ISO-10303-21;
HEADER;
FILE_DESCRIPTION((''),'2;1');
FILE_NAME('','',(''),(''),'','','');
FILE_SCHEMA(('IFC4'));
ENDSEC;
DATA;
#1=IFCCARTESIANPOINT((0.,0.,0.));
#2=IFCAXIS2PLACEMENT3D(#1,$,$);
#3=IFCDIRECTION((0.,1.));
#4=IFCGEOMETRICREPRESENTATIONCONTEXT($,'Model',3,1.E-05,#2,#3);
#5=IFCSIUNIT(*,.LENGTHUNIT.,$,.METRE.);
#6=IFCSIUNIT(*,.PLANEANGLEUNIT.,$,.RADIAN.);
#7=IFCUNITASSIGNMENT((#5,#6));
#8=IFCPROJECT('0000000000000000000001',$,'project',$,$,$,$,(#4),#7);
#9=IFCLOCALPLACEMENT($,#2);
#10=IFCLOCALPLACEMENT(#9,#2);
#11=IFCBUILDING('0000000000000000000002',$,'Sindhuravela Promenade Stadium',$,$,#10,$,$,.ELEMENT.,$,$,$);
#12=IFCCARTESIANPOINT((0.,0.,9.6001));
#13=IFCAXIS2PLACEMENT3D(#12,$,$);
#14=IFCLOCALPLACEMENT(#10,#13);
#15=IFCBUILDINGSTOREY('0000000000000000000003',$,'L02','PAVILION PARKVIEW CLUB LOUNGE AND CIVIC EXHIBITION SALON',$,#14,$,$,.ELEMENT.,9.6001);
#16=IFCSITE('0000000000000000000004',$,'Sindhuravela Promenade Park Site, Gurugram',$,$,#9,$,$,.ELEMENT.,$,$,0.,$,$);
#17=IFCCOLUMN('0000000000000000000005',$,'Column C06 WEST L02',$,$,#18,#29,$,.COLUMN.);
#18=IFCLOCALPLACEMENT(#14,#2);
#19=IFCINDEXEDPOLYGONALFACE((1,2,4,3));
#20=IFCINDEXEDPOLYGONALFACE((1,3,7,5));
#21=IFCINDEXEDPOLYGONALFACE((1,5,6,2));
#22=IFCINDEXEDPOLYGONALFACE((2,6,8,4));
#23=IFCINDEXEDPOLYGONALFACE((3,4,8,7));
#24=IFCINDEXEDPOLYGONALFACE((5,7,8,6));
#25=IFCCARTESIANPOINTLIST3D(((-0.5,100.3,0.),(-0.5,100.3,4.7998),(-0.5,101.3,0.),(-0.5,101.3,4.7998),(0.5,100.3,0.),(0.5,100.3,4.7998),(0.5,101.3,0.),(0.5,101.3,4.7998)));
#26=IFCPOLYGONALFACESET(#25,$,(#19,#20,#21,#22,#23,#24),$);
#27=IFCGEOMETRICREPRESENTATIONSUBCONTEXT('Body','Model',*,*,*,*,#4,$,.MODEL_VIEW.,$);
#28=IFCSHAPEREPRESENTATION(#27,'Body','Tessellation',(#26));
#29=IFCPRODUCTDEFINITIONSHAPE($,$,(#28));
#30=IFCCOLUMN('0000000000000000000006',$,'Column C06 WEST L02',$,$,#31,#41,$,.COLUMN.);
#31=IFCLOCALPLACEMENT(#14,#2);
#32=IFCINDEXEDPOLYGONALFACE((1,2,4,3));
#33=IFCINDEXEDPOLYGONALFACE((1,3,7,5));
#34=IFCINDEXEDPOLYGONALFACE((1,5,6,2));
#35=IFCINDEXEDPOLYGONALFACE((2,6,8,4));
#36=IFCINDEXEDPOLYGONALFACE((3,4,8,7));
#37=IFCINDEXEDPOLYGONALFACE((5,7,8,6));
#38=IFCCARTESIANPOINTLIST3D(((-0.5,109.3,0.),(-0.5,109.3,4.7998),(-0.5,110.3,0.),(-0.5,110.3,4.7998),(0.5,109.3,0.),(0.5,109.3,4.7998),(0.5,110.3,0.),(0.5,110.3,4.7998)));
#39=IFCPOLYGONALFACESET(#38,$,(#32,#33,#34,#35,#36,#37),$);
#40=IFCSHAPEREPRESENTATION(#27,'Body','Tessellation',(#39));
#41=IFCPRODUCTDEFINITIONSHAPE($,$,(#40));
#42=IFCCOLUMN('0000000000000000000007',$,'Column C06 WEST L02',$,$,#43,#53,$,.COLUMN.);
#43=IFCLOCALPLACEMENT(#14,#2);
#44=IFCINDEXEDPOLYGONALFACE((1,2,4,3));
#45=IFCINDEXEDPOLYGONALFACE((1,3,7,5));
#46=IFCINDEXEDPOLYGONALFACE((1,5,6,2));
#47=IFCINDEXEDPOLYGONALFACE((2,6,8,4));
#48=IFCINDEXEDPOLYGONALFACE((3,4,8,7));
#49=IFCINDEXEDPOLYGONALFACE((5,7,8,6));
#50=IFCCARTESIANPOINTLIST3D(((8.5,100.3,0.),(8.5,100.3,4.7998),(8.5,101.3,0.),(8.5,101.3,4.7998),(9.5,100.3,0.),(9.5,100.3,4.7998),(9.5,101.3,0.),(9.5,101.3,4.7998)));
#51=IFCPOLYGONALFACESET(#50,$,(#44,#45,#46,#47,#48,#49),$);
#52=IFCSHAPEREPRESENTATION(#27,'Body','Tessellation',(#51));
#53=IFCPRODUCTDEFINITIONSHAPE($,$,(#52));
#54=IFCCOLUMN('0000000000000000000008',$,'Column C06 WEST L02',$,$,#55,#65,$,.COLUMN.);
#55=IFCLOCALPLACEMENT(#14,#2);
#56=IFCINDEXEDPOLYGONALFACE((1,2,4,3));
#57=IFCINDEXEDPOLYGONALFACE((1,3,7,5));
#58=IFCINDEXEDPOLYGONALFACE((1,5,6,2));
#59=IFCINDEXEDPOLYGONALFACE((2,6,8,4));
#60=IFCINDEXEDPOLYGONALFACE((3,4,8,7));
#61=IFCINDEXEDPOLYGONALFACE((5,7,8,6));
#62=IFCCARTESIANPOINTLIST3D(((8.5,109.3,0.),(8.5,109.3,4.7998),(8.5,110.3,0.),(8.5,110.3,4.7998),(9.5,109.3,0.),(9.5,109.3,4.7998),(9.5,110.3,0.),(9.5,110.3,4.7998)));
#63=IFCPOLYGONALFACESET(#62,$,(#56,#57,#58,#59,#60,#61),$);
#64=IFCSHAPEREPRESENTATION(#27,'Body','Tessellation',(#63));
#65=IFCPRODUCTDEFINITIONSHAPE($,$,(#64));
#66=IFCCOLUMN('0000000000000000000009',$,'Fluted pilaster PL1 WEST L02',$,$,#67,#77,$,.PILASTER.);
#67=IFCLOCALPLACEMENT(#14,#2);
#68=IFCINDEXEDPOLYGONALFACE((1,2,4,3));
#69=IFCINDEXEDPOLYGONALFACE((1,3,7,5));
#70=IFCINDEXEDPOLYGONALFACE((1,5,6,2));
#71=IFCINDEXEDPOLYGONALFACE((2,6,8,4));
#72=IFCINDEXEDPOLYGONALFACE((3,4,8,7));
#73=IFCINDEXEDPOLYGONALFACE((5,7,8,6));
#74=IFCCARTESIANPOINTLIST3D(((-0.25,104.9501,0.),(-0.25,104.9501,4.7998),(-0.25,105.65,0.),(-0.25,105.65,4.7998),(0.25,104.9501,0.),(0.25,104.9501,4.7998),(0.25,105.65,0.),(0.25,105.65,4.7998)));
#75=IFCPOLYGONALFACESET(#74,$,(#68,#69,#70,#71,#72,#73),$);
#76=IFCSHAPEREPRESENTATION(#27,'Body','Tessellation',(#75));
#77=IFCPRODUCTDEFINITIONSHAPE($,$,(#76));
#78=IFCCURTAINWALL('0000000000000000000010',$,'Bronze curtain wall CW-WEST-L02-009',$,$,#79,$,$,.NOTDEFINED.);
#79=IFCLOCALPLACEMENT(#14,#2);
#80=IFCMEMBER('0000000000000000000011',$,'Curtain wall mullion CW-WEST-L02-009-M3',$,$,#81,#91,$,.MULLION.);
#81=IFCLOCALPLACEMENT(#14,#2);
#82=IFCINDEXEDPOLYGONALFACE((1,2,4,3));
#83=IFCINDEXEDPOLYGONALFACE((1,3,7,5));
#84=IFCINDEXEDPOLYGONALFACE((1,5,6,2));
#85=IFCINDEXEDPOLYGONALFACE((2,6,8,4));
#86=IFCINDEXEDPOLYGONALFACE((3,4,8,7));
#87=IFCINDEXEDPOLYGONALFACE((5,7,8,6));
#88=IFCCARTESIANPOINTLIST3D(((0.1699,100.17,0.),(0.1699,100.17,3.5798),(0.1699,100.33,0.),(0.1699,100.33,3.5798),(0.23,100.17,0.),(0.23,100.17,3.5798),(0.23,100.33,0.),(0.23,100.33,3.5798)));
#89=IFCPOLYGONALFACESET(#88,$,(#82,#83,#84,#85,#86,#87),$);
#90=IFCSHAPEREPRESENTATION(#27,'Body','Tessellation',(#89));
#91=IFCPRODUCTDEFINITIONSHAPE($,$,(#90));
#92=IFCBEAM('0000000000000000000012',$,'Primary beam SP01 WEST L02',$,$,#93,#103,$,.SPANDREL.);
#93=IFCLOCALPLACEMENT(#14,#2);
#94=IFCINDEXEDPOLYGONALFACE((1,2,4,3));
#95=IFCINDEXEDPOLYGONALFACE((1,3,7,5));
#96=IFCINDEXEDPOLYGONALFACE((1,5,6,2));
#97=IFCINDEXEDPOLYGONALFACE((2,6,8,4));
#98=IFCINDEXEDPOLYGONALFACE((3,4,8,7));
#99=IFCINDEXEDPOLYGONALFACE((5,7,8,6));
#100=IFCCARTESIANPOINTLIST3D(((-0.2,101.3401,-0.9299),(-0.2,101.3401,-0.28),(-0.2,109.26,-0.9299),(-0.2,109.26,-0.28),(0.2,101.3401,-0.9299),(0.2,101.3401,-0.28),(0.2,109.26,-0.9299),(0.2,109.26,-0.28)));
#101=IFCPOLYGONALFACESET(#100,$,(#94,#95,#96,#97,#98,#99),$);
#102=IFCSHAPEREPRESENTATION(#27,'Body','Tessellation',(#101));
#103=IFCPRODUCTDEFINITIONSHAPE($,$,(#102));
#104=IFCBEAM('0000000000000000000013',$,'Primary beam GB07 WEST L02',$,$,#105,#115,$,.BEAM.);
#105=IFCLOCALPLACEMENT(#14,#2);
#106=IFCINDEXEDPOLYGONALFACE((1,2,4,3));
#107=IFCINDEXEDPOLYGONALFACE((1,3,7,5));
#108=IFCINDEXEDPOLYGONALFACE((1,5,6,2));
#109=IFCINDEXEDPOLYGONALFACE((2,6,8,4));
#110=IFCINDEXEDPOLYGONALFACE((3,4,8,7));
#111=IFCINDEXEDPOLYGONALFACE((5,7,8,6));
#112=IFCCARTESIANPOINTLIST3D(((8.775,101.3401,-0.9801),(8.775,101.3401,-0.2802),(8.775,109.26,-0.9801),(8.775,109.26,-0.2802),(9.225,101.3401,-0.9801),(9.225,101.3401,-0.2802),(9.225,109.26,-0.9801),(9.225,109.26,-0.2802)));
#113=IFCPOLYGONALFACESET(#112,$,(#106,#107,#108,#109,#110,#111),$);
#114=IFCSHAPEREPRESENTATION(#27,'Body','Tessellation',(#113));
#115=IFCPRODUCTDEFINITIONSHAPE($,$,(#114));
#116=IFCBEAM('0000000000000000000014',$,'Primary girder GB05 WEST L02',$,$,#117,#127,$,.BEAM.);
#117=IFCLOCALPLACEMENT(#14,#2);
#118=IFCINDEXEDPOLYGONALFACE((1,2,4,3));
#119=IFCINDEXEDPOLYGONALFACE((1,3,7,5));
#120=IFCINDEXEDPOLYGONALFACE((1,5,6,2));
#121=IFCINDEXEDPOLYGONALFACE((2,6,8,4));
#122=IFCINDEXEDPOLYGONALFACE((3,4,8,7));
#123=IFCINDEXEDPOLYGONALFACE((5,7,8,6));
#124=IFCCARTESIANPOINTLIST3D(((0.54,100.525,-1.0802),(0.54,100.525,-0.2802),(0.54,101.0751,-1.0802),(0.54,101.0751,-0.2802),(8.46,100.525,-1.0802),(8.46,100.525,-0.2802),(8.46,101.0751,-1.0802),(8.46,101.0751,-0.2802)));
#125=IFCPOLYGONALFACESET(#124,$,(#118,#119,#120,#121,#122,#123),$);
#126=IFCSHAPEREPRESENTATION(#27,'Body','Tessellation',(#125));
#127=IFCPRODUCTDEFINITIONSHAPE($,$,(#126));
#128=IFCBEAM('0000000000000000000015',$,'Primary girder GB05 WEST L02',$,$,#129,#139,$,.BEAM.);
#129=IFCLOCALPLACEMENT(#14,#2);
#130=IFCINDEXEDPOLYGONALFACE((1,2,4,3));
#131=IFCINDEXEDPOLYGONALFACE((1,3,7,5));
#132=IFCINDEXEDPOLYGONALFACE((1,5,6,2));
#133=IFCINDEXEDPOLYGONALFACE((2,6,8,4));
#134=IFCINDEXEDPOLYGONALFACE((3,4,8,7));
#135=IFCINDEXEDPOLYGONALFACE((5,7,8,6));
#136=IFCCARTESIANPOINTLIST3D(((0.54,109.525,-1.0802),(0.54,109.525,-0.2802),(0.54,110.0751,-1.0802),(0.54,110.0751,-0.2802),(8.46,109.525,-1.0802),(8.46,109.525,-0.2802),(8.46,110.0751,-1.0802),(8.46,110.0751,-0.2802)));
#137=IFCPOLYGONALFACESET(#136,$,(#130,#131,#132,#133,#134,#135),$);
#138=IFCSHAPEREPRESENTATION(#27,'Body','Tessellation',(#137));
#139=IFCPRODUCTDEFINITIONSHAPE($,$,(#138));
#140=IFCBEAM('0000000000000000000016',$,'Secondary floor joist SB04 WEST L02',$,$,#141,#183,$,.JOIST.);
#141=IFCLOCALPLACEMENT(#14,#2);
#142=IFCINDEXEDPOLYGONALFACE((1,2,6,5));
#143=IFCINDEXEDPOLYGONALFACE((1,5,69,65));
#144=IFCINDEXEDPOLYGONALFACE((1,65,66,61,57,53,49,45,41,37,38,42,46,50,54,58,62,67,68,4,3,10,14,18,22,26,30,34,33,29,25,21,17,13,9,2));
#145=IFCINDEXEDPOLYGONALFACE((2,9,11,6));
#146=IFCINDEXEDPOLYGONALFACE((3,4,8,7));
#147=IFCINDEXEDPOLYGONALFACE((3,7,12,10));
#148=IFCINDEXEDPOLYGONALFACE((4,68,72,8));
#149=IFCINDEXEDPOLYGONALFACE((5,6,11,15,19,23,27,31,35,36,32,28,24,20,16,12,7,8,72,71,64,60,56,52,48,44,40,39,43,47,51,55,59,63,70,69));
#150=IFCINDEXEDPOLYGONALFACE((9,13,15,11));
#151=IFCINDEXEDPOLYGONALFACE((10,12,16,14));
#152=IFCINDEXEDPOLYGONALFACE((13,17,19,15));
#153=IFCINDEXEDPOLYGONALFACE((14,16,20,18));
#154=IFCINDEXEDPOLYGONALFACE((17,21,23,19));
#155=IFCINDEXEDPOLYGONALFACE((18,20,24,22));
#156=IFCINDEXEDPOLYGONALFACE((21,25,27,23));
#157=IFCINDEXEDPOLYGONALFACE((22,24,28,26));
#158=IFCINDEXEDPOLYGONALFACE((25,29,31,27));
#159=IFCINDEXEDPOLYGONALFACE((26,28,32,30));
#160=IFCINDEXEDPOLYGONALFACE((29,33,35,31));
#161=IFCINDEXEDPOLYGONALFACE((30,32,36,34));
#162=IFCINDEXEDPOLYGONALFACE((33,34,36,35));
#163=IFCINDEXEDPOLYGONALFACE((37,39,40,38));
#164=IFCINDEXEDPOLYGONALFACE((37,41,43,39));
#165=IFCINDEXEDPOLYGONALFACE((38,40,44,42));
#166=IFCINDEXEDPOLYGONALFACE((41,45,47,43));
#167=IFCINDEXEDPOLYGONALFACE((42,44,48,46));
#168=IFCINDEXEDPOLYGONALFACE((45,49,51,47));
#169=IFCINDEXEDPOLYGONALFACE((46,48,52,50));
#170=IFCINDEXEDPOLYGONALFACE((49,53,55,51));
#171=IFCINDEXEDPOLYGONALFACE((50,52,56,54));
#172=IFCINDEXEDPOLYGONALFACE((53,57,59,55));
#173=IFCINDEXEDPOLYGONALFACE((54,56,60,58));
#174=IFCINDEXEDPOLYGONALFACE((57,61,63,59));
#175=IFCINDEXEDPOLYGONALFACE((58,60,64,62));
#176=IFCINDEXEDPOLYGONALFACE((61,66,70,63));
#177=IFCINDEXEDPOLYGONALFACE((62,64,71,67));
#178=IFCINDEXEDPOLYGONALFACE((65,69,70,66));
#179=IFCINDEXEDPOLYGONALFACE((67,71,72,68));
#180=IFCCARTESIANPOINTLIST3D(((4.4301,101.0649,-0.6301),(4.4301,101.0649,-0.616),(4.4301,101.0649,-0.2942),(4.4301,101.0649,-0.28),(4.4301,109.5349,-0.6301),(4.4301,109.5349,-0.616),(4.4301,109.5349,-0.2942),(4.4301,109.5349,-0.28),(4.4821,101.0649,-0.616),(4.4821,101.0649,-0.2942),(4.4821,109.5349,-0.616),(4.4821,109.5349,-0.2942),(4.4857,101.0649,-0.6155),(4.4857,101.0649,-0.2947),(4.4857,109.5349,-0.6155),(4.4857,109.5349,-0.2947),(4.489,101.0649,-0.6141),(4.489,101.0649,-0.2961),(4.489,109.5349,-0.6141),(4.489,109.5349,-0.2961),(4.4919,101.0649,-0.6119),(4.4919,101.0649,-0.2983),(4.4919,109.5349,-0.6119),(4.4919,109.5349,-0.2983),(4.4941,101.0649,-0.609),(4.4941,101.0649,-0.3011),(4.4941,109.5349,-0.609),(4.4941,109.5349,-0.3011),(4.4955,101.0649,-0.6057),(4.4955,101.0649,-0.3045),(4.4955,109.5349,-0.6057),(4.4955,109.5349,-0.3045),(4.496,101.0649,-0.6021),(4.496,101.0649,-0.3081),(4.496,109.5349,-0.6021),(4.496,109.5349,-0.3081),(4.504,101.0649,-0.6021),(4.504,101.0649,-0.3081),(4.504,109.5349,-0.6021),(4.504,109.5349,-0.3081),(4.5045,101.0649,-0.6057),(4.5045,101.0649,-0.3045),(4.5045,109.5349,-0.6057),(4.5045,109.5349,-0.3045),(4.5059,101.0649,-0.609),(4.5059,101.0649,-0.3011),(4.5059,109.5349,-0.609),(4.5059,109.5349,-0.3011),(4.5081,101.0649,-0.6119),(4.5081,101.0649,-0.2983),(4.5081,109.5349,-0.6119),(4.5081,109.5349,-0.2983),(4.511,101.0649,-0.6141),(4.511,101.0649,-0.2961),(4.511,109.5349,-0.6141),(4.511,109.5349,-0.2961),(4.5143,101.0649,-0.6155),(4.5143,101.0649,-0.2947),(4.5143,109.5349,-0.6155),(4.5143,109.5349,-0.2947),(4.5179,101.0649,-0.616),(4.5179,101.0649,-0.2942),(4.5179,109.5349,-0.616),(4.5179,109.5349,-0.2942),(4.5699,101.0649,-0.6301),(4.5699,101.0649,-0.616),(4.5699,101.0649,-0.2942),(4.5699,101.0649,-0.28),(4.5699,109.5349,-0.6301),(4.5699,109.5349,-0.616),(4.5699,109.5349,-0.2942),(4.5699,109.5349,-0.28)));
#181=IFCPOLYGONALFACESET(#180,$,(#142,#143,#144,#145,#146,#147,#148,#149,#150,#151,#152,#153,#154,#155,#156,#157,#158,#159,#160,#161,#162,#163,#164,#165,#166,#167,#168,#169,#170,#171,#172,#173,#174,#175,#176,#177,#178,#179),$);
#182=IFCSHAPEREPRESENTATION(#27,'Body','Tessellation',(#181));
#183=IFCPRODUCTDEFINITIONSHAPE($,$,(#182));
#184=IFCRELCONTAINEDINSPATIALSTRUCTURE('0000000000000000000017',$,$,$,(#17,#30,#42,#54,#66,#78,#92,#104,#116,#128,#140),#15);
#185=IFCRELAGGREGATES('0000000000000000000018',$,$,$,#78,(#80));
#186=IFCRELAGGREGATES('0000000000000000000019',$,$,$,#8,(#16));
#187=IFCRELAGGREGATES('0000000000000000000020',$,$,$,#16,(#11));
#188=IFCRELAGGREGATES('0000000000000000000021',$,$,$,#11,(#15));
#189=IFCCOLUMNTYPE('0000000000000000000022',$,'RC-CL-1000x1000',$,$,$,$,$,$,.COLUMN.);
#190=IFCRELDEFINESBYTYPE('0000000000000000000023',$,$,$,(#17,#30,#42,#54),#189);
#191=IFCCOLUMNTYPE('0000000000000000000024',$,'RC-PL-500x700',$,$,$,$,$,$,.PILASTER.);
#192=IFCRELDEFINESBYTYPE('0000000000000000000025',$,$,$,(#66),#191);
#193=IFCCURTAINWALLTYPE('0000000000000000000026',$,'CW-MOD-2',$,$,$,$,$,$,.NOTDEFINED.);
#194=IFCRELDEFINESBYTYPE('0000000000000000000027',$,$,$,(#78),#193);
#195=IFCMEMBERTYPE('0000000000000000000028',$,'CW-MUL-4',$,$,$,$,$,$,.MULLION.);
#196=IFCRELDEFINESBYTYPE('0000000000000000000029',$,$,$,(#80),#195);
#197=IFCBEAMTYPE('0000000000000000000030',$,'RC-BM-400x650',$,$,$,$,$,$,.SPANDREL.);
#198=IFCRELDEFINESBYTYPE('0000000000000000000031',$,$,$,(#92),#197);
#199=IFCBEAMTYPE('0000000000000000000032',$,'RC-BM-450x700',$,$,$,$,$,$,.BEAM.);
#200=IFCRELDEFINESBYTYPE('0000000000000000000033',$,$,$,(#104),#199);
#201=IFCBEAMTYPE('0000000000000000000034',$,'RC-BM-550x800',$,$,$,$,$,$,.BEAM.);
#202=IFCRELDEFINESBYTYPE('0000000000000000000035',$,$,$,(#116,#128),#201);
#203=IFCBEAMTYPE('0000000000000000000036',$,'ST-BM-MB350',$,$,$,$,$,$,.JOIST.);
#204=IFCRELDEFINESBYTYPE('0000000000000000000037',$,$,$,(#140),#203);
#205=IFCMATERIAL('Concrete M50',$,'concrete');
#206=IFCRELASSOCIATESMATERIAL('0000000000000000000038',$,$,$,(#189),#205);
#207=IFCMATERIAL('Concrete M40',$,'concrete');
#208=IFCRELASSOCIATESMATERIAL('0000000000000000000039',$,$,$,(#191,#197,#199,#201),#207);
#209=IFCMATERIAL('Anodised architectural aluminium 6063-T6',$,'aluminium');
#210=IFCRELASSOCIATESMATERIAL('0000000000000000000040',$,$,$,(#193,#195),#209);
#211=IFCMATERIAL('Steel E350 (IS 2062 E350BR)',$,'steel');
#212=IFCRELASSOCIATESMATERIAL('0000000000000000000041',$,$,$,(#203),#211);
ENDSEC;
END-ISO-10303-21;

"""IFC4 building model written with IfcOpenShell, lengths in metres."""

from ifc_helpers import new_model, si_unit, direction, frame, origin, origin_2d, place, context, subcontext, project, spatial, rectangle, i_section, extrude, material, material_profile, profile_set, type_object, element, aggregate, save


model = new_model("IFC4")

# Units and contexts
model_context = context("Model", 3, precision=1e-05, world=origin(), true_north=direction((0.0, 1.0)))
body_context = subcontext(model_context, "Body", "Model", "MODEL_VIEW")
ifc_project = project(units=[si_unit("LENGTHUNIT", "METRE"), si_unit("PLANEANGLEUNIT", "RADIAN")], contexts=[model_context])

# Site, building, storey
site_placement = place(None, origin())
site = spatial("IfcSite", under=ifc_project, at=site_placement, Name="Sindhuravela Promenade Park Site, Gurugram", CompositionType="ELEMENT", RefElevation=0.0)
building_placement = place(site_placement, origin())
building = spatial("IfcBuilding", under=site, at=building_placement, Name="Sindhuravela Promenade Stadium", CompositionType="ELEMENT")
storey_placement = place(building_placement, frame((0.0, 0.0, 9.6001)))
storey = spatial("IfcBuildingStorey", under=building, at=storey_placement, Name="L02", Description="PAVILION PARKVIEW CLUB LOUNGE AND CIVIC EXHIBITION SALON", CompositionType="ELEMENT", Elevation=9.6001)

# Columns
ifc_material_1 = material(Name="Concrete M50", Category="concrete")
ifc_material_profile_1 = material_profile(ifc_material_1, rectangle(XDim=1.0, YDim=1.0, at=origin_2d()), Name="RC 1000x1000")
ifc_profile_set_1 = profile_set([ifc_material_profile_1], Name="Concrete M50")
column_type_1 = type_object("IfcColumnType", Name="RC-CL-1000x1000", PredefinedType="COLUMN", material=ifc_profile_set_1)
for number, where, z_axis, x_axis, name in (
    (1, (0.0, 100.8, 0.0), (0.0, 0.0, 1.0), (1.0, 0.0, 0.0), "Column C06 WEST L02"),
    (2, (0.0, 109.8, 0.0), (0.0, 0.0, 1.0), (1.0, 0.0, 0.0), "Column C06 WEST L02"),
    (3, (9.0, 100.8, 0.0), (0.0, 0.0, 1.0), (1.0, 0.0, 0.0), "Column C06 WEST L02"),
    (4, (9.0, 109.8, 0.0), (0.0, 0.0, 1.0), (1.0, 0.0, 0.0), "Column C06 WEST L02"),
):
    element("IfcColumn", number, at=place(storey_placement, frame(where, z_axis=z_axis, x_axis=x_axis)), inside=storey, type_object=column_type_1, Name=name, PredefinedType="COLUMN", context=body_context, shape_type="SweptSolid", body=[
        extrude(rectangle(XDim=1.0, YDim=1.0, at=origin_2d()), origin(), (0.0, 0.0, 1.0), 4.7998),
    ])
ifc_material_2 = material(Name="Concrete M40", Category="concrete")
ifc_material_profile_2 = material_profile(ifc_material_2, rectangle(XDim=0.5, YDim=0.7, at=origin_2d()), Name="PIL 500x700")
ifc_profile_set_2 = profile_set([ifc_material_profile_2], Name="Concrete M40")
column_type_2 = type_object("IfcColumnType", Name="RC-PL-500x700", PredefinedType="PILASTER", material=ifc_profile_set_2)
column_placement = place(storey_placement, frame((0.0, 105.3, 0.0), z_axis=(0.0, 0.0, 1.0), x_axis=(1.0, 0.0, 0.0)))
element("IfcColumn", 5, at=column_placement, inside=storey, type_object=column_type_2, Name="Fluted pilaster PL1 WEST L02", PredefinedType="PILASTER", context=body_context, shape_type="SweptSolid", body=[
    extrude(rectangle(XDim=0.5, YDim=0.7, at=origin_2d()), origin(), (0.0, 0.0, 1.0), 4.7998),
])

# Curtain wall, member
ifc_material_3 = material(Name="Anodised architectural aluminium 6063-T6", Category="aluminium")
curtain_wall_type = type_object("IfcCurtainWallType", Name="CW-MOD-2", PredefinedType="NOTDEFINED", material=ifc_material_3)
curtain_wall_placement = place(storey_placement, origin())
curtain_wall = element("IfcCurtainWall", 6, at=curtain_wall_placement, inside=storey, type_object=curtain_wall_type, Name="Bronze curtain wall CW-WEST-L02-009", PredefinedType="NOTDEFINED")
ifc_material_profile_3 = material_profile(ifc_material_3, rectangle(XDim=0.0601, YDim=0.1599, at=origin_2d()), Name="ALU M60x160")
ifc_profile_set_3 = profile_set([ifc_material_profile_3], Name="Anodised architectural aluminium 6063-T6")
member_type = type_object("IfcMemberType", Name="CW-MUL-4", PredefinedType="MULLION", material=ifc_profile_set_3)
member_placement = place(storey_placement, frame((0.2, 100.25, 0.0), z_axis=(0.0, 0.0, 1.0), x_axis=(1.0, 0.0, 0.0)))
member = element("IfcMember", 7, at=member_placement, type_object=member_type, Name="Curtain wall mullion CW-WEST-L02-009-M3", PredefinedType="MULLION", context=body_context, shape_type="SweptSolid", body=[
    extrude(rectangle(XDim=0.0601, YDim=0.1599, at=origin_2d()), origin(), (0.0, 0.0, 1.0), 3.5798),
])
aggregate(curtain_wall, [member])

# Beams
ifc_material_profile_4 = material_profile(ifc_material_2, rectangle(XDim=0.3999, YDim=0.6499, at=origin_2d()), Name="RC 400x650")
ifc_profile_set_4 = profile_set([ifc_material_profile_4], Name="Concrete M40")
beam_type_1 = type_object("IfcBeamType", Name="RC-BM-400x650", PredefinedType="SPANDREL", material=ifc_profile_set_4)
beam_1_placement = place(storey_placement, frame((0.0, 101.3401, -0.605), z_axis=(0.0, 1.0, 0.0), x_axis=(-1.0, 0.0, 0.0)))
element("IfcBeam", 8, at=beam_1_placement, inside=storey, type_object=beam_type_1, Name="Primary beam SP01 WEST L02", PredefinedType="SPANDREL", context=body_context, shape_type="SweptSolid", body=[
    extrude(rectangle(XDim=0.3999, YDim=0.6499, at=origin_2d()), origin(), (0.0, 0.0, 1.0), 7.9199),
])
ifc_material_profile_5 = material_profile(ifc_material_2, rectangle(XDim=0.45, YDim=0.7, at=origin_2d()), Name="RC 450x700")
ifc_profile_set_5 = profile_set([ifc_material_profile_5], Name="Concrete M40")
beam_type_2 = type_object("IfcBeamType", Name="RC-BM-450x700", PredefinedType="BEAM", material=ifc_profile_set_5)
beam_2_placement = place(storey_placement, frame((9.0, 101.3401, -0.6301), z_axis=(0.0, 1.0, 0.0), x_axis=(-1.0, 0.0, 0.0)))
element("IfcBeam", 9, at=beam_2_placement, inside=storey, type_object=beam_type_2, Name="Primary beam GB07 WEST L02", PredefinedType="BEAM", context=body_context, shape_type="SweptSolid", body=[
    extrude(rectangle(XDim=0.45, YDim=0.7, at=origin_2d()), origin(), (0.0, 0.0, 1.0), 7.9199),
])
ifc_material_profile_6 = material_profile(ifc_material_2, rectangle(XDim=0.55, YDim=0.8, at=origin_2d()), Name="RC 550x800")
ifc_profile_set_6 = profile_set([ifc_material_profile_6], Name="Concrete M40")
beam_type_3 = type_object("IfcBeamType", Name="RC-BM-550x800", PredefinedType="BEAM", material=ifc_profile_set_6)
for number, where, z_axis, x_axis, name in (
    (10, (0.54, 100.8, -0.6802), (1.0, 0.0, 0.0), (0.0, 1.0, 0.0), "Primary girder GB05 WEST L02"),
    (11, (0.54, 109.8, -0.6802), (1.0, 0.0, 0.0), (0.0, 1.0, 0.0), "Primary girder GB05 WEST L02"),
):
    element("IfcBeam", number, at=place(storey_placement, frame(where, z_axis=z_axis, x_axis=x_axis)), inside=storey, type_object=beam_type_3, Name=name, PredefinedType="BEAM", context=body_context, shape_type="SweptSolid", body=[
        extrude(rectangle(XDim=0.55, YDim=0.8, at=origin_2d()), origin(), (0.0, 0.0, 1.0), 7.9199),
    ])
ifc_material_4 = material(Name="Steel E350 (IS 2062 E350BR)", Category="steel")
ifc_material_profile_7 = material_profile(ifc_material_4, i_section(OverallWidth=0.1399, OverallDepth=0.3501, WebThickness=0.0081, FlangeThickness=0.0142, FilletRadius=0.0139, at=origin_2d()), Name="ISMB 350")
ifc_profile_set_7 = profile_set([ifc_material_profile_7], Name="Steel E350 (IS 2062 E350BR)")
beam_type_4 = type_object("IfcBeamType", Name="ST-BM-MB350", PredefinedType="JOIST", material=ifc_profile_set_7)
beam_3_placement = place(storey_placement, frame((4.5, 101.0649, -0.4551), z_axis=(0.0, 1.0, 0.0), x_axis=(-1.0, 0.0, 0.0)))
element("IfcBeam", 12, at=beam_3_placement, inside=storey, type_object=beam_type_4, Name="Secondary floor joist SB04 WEST L02", PredefinedType="JOIST", context=body_context, shape_type="SweptSolid", body=[
    extrude(i_section(OverallWidth=0.1399, OverallDepth=0.3501, WebThickness=0.0081, FlangeThickness=0.0142, FilletRadius=0.0139, at=origin_2d()), origin(), (0.0, 0.0, 1.0), 8.47),
])

save(model, "model.ifc")
